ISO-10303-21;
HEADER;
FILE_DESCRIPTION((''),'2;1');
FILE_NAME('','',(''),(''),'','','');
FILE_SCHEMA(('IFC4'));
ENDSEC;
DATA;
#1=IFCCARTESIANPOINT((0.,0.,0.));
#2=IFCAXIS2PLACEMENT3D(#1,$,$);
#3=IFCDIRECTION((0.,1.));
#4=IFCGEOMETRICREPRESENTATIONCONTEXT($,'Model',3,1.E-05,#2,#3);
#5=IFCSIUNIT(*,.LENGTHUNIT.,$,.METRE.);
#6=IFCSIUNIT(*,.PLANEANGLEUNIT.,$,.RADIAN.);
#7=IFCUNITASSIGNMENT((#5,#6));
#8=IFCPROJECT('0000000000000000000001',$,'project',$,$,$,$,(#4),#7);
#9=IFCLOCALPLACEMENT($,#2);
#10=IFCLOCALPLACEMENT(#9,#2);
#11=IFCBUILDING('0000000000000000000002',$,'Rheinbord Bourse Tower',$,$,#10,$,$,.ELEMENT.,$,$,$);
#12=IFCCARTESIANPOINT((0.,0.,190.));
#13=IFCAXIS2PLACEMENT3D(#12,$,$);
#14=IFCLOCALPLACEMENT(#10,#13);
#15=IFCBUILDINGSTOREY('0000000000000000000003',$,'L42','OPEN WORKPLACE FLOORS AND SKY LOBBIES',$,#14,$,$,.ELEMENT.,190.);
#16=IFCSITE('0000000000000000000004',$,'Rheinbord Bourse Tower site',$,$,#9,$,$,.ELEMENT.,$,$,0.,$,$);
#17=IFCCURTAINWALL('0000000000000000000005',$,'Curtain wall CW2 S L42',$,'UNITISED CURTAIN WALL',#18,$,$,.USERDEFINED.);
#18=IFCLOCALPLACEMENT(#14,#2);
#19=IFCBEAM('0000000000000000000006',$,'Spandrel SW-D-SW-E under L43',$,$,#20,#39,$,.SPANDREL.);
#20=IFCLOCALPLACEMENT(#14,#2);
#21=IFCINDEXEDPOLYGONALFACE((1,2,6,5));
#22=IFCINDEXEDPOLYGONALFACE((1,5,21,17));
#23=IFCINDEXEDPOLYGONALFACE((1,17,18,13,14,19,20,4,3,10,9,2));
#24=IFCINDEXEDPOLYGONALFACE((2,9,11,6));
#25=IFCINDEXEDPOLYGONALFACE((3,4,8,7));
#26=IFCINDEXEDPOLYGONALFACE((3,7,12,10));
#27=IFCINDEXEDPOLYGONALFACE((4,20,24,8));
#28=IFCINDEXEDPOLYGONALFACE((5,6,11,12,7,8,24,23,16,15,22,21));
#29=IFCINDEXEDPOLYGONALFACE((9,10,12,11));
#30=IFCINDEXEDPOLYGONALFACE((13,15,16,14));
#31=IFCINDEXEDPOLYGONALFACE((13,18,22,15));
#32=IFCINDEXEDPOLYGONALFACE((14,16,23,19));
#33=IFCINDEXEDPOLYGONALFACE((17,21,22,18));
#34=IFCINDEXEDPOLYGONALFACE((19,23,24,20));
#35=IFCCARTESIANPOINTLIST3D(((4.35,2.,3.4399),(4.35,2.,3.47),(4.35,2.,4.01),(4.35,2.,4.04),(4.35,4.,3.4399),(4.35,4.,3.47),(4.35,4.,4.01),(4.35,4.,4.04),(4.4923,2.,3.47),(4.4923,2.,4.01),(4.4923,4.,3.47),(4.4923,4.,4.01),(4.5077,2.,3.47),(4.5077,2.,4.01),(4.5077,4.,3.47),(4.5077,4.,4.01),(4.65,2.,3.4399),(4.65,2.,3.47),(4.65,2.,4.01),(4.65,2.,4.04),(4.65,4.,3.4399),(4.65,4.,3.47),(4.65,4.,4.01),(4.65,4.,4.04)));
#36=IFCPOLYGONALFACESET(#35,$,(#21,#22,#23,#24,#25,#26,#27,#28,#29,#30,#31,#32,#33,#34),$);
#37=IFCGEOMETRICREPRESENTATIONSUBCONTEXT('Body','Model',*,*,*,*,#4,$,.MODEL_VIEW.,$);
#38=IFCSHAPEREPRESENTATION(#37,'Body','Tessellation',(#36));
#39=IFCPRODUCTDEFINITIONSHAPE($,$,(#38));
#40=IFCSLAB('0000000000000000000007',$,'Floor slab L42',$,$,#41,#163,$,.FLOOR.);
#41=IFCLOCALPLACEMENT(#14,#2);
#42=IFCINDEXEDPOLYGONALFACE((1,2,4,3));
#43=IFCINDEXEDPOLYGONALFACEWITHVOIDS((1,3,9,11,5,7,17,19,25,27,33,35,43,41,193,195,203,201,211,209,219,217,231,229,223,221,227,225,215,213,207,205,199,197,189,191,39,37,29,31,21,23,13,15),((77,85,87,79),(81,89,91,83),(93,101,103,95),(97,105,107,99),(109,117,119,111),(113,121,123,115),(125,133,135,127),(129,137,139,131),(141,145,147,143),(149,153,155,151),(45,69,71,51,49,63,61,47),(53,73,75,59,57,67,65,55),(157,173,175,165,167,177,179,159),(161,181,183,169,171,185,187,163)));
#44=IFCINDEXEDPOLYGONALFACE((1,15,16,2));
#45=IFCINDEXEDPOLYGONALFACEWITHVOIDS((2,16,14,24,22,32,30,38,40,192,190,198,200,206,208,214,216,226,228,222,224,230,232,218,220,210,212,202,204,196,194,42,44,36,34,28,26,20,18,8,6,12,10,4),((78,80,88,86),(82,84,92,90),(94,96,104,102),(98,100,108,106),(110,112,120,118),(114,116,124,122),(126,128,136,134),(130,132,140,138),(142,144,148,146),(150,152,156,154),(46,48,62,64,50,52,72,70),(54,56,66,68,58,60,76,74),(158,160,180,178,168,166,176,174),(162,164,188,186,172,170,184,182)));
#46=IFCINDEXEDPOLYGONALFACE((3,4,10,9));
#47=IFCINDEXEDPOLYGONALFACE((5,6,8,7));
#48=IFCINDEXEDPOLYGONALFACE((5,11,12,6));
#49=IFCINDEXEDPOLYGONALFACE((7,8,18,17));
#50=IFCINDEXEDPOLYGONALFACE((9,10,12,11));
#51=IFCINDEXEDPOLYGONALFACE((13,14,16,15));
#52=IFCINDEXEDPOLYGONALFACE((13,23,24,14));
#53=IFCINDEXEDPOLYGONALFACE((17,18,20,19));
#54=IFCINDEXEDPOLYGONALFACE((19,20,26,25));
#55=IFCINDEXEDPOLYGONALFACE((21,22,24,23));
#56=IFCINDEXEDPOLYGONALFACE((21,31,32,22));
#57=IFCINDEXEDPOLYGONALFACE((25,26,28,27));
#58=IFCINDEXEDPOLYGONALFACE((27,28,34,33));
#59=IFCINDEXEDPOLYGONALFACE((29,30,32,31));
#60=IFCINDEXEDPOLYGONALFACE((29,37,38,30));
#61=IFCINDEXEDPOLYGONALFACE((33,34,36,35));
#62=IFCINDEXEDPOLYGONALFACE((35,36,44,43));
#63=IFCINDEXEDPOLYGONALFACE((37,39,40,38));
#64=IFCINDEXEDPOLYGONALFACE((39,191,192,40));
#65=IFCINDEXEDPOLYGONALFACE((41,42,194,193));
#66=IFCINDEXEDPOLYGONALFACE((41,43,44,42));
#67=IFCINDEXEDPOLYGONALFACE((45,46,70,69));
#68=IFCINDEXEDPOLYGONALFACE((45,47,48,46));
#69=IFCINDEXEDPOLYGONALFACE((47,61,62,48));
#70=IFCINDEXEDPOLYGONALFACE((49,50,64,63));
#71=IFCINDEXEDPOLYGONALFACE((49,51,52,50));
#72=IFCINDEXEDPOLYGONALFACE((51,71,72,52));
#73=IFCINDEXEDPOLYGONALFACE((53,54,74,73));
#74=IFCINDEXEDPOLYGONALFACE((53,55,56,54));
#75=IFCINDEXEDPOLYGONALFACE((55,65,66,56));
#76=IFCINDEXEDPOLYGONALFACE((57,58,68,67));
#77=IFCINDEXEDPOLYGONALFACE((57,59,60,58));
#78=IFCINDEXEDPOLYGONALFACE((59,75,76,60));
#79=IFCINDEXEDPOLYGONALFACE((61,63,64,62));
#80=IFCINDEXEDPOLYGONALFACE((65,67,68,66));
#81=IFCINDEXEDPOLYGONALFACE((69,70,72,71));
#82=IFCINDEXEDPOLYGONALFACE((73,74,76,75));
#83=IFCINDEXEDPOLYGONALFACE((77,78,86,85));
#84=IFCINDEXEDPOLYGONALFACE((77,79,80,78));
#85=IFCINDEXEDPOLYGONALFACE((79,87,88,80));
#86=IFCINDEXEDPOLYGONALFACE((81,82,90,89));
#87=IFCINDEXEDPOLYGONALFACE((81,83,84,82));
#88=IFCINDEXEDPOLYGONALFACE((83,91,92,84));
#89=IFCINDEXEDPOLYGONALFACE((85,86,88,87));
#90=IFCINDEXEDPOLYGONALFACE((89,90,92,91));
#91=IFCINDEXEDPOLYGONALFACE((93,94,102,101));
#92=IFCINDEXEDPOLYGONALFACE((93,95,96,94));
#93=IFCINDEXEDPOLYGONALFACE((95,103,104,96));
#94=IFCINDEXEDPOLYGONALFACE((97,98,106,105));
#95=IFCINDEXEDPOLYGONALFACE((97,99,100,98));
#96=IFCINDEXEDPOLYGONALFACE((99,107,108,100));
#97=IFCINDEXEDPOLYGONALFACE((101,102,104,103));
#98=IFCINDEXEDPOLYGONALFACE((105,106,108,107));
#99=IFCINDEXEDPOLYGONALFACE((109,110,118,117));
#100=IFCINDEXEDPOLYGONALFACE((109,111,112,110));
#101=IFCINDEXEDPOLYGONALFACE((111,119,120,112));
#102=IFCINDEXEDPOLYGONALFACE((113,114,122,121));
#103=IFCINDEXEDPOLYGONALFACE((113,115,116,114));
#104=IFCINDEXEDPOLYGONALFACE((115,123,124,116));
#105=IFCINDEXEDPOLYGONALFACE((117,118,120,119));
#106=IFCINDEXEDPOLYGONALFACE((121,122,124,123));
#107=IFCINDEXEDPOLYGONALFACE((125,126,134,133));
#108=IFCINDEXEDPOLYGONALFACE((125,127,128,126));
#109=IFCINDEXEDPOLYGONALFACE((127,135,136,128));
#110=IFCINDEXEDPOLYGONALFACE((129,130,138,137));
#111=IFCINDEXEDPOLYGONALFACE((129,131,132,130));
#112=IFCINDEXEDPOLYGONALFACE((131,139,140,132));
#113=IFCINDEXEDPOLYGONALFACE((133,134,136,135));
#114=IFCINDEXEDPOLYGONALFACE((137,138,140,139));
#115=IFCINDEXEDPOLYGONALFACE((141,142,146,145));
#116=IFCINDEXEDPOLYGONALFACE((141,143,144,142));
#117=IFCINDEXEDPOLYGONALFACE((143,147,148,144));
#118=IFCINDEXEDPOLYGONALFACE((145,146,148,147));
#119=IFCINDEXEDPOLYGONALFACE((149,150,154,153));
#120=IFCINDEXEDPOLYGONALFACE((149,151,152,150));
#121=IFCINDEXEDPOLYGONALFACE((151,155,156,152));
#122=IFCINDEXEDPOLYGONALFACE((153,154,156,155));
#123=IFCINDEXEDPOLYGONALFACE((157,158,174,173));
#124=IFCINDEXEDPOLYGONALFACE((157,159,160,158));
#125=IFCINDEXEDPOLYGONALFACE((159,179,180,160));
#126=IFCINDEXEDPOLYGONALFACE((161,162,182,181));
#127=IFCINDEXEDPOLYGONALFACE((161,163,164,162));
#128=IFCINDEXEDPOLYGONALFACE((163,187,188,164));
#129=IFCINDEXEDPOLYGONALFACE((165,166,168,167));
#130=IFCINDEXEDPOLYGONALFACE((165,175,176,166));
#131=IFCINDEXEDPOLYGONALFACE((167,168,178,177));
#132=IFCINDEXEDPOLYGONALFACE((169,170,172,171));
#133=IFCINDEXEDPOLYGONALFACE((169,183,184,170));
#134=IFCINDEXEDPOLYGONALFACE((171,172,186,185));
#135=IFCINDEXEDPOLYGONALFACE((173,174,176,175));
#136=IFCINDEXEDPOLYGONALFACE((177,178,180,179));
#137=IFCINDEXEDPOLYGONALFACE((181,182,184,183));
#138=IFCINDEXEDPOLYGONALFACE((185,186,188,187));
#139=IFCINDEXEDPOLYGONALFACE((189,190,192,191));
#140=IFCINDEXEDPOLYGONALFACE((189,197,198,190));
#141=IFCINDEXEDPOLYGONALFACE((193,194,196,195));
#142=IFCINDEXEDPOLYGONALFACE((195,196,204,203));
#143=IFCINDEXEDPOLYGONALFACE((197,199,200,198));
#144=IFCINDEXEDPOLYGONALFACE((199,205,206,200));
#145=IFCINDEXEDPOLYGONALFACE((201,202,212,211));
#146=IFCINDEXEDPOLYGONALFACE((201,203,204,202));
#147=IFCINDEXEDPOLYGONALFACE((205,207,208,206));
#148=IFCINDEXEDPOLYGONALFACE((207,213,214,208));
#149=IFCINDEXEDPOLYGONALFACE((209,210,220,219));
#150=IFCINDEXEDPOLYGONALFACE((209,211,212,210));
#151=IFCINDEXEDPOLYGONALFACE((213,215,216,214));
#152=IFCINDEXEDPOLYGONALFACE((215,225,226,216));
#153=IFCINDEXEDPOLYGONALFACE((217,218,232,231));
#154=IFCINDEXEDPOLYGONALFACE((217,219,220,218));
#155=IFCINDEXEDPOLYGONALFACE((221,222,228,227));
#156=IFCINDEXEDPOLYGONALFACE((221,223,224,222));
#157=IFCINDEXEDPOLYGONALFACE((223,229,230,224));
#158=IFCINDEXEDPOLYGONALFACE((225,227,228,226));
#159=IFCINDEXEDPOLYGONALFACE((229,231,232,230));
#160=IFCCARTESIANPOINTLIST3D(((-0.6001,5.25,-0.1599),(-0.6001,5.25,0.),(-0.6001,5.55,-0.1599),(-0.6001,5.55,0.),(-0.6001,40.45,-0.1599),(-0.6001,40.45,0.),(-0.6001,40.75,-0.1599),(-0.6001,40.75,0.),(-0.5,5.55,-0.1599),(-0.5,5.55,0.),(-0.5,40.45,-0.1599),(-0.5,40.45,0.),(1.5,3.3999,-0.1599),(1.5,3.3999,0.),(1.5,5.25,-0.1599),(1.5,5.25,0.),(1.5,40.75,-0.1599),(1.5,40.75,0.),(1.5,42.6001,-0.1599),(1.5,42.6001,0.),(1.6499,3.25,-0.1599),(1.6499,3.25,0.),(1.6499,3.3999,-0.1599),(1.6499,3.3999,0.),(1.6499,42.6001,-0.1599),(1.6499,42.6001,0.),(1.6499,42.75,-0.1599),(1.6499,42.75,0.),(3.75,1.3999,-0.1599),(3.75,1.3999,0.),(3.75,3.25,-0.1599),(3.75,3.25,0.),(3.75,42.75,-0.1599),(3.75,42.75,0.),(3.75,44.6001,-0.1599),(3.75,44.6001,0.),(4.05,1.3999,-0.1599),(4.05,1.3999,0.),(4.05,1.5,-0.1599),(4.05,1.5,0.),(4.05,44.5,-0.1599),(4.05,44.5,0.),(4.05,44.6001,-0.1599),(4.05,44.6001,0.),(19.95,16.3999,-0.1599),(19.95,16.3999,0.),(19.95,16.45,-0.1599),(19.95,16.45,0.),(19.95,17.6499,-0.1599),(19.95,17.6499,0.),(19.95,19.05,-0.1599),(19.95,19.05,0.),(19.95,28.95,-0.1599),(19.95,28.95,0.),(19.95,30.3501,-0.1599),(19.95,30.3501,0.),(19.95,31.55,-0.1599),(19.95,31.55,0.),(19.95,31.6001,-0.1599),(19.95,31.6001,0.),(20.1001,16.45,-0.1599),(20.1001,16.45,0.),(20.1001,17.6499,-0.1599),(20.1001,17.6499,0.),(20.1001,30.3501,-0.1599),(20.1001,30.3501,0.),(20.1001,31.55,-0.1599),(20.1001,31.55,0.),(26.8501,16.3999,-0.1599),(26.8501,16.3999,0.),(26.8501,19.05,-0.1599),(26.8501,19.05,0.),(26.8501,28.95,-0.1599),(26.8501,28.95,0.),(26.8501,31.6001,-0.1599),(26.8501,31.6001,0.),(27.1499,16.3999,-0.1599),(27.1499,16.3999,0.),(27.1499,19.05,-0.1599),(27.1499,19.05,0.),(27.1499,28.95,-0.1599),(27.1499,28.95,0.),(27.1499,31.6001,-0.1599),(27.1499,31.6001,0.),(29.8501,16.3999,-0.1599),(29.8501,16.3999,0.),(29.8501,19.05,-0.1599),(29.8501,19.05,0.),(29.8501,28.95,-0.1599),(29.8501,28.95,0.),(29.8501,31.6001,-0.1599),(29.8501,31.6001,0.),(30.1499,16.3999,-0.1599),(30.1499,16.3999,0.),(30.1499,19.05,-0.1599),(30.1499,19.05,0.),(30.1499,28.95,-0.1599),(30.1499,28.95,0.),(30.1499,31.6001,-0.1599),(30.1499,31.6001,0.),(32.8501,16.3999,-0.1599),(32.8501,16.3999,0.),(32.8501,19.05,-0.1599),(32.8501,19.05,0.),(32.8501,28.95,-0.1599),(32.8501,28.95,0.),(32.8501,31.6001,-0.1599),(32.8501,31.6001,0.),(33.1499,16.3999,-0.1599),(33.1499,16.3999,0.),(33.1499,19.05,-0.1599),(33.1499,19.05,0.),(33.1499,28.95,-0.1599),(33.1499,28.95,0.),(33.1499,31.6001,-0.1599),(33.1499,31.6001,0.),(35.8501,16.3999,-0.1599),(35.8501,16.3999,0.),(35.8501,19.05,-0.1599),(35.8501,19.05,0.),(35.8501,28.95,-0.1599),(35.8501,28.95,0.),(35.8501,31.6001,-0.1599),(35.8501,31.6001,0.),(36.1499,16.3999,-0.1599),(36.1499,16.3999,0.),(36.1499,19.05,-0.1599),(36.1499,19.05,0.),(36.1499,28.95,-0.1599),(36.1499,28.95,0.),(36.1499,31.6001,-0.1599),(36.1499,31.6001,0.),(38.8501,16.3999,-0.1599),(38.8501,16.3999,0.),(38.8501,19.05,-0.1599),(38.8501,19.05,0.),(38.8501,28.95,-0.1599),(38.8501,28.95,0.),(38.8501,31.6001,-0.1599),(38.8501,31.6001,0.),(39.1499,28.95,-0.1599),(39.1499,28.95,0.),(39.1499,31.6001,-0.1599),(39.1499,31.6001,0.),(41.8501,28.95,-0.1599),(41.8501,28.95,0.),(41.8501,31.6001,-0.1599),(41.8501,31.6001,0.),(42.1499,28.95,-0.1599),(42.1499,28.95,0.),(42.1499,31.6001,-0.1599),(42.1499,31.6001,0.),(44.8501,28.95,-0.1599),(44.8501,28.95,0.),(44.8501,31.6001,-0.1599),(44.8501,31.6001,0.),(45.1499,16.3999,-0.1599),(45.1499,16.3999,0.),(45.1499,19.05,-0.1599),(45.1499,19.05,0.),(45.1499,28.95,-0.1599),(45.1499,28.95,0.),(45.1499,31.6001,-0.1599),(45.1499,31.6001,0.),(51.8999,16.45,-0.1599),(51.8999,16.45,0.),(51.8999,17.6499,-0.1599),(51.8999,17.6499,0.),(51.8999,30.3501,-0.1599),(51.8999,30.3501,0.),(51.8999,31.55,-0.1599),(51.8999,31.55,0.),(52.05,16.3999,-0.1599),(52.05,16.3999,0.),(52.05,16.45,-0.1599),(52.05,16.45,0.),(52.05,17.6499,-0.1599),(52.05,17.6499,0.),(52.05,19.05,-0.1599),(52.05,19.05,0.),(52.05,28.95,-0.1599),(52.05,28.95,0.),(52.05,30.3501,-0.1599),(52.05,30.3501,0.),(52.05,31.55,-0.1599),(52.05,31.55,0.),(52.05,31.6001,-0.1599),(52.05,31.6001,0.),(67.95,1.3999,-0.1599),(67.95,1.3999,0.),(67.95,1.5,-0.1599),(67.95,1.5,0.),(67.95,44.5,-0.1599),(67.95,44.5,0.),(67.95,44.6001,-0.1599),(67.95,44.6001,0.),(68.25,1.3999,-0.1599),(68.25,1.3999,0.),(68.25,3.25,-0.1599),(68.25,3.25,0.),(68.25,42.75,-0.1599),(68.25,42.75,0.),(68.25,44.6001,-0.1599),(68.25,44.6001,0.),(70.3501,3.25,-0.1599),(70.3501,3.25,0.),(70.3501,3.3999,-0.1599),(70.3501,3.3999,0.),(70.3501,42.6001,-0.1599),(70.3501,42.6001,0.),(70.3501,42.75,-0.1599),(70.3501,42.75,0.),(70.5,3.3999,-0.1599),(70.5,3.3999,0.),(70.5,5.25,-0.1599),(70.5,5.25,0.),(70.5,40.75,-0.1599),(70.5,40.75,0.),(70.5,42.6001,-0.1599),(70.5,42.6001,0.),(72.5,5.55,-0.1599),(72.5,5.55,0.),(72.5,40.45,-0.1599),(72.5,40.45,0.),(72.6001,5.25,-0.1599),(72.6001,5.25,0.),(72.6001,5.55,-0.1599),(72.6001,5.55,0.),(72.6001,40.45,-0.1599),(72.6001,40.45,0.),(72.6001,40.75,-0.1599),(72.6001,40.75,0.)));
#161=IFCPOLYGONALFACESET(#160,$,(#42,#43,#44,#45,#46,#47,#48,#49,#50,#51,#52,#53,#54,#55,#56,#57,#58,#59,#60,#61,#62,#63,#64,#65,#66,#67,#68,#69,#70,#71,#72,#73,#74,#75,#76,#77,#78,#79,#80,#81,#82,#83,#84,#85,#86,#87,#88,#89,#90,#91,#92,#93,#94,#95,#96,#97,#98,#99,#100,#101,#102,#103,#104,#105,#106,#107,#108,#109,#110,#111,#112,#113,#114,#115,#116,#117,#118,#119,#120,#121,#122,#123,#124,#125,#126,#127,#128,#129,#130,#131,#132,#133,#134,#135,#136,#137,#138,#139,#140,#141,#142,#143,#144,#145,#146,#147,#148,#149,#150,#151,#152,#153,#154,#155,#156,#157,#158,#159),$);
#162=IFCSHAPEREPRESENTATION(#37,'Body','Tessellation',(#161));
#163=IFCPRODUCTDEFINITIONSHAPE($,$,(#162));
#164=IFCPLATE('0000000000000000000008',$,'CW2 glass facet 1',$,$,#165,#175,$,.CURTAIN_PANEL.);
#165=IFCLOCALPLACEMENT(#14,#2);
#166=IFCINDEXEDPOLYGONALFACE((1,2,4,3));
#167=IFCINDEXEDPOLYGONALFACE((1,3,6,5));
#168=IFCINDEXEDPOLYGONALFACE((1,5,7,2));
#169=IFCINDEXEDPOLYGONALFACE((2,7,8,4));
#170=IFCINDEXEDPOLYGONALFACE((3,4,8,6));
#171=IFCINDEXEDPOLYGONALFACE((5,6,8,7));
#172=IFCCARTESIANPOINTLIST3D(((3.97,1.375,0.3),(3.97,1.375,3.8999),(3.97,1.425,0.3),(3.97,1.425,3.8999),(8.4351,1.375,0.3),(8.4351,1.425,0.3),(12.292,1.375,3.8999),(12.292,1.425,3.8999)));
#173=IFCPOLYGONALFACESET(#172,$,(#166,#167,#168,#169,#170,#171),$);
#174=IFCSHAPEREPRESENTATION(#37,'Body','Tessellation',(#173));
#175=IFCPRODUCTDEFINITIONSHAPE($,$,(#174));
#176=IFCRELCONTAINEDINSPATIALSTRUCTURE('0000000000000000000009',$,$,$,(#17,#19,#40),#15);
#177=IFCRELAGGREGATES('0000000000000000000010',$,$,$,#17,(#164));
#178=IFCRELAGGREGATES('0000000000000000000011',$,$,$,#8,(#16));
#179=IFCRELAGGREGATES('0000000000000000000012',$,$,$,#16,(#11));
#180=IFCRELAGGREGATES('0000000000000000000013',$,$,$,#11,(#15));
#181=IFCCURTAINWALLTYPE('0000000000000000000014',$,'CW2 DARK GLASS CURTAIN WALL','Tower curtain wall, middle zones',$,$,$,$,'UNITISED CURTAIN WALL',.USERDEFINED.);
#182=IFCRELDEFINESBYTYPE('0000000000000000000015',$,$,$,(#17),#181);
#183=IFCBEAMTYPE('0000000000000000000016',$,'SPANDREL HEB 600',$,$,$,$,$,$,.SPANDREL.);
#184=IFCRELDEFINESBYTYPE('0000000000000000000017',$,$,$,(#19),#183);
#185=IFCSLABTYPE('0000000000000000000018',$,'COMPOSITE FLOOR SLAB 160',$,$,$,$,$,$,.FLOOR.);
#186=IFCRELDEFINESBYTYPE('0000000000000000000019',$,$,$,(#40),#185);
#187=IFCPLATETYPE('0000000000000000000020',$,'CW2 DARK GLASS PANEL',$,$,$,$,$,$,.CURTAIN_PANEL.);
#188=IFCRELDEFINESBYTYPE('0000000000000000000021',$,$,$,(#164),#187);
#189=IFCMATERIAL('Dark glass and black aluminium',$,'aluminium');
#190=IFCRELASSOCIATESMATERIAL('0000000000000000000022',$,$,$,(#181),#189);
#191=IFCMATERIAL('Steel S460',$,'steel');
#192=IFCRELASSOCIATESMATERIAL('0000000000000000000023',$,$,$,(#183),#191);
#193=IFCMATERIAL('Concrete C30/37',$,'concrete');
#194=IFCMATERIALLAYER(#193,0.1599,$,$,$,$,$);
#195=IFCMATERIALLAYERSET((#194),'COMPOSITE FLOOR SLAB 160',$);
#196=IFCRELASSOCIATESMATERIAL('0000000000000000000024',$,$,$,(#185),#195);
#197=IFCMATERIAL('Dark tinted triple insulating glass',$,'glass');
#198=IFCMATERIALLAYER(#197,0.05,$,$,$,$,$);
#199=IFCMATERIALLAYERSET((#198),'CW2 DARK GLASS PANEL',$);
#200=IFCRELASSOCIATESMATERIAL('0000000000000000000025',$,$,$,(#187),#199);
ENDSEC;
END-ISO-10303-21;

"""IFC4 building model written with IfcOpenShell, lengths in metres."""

from ifc_helpers import new_model, si_unit, direction, frame, origin, origin_2d, place, context, subcontext, project, spatial, polyline, i_section, outline, extrude, material, layer, layer_set, material_profile, profile_set, type_object, element, aggregate, save


model = new_model("IFC4")

# Units and contexts
model_context = context("Model", 3, precision=1e-05, world=origin(), true_north=direction((0.0, 1.0)))
body_context = subcontext(model_context, "Body", "Model", "MODEL_VIEW")
ifc_project = project(units=[si_unit("LENGTHUNIT", "METRE"), si_unit("PLANEANGLEUNIT", "RADIAN")], contexts=[model_context])

# Site, building, storey
site_placement = place(None, origin())
site = spatial("IfcSite", under=ifc_project, at=site_placement, Name="Rheinbord Bourse Tower site", CompositionType="ELEMENT", RefElevation=0.0)
building_placement = place(site_placement, origin())
building = spatial("IfcBuilding", under=site, at=building_placement, Name="Rheinbord Bourse Tower", CompositionType="ELEMENT")
storey_placement = place(building_placement, frame((0.0, 0.0, 190.0)))
storey = spatial("IfcBuildingStorey", under=building, at=storey_placement, Name="L42", Description="OPEN WORKPLACE FLOORS AND SKY LOBBIES", CompositionType="ELEMENT", Elevation=190.0)

# Curtain wall
ifc_material_1 = material(Name="Dark glass and black aluminium", Category="aluminium")
curtain_wall_type = type_object("IfcCurtainWallType", Name="CW2 DARK GLASS CURTAIN WALL", Description="Tower curtain wall, middle zones", ElementType="UNITISED CURTAIN WALL", PredefinedType="USERDEFINED", material=ifc_material_1)
curtain_wall_placement = place(storey_placement, origin())
curtain_wall = element("IfcCurtainWall", 1, at=curtain_wall_placement, inside=storey, type_object=curtain_wall_type, Name="Curtain wall CW2 S L42", ObjectType="UNITISED CURTAIN WALL", PredefinedType="USERDEFINED")

# Beam
ifc_material_2 = material(Name="Steel S460", Category="steel")
ifc_material_profile_1 = material_profile(ifc_material_2, i_section(OverallWidth=0.3, OverallDepth=0.6001, WebThickness=0.0154, FlangeThickness=0.03, at=origin_2d()), Name="HEB 600")
ifc_profile_set_1 = profile_set([ifc_material_profile_1], Name="Steel S460")
beam_type_1 = type_object("IfcBeamType", Name="SPANDREL HEB 600", PredefinedType="SPANDREL", material=ifc_profile_set_1)
beam_1_placement = place(storey_placement, frame((4.5, 4.0, 3.74), z_axis=(0.0, -1.0, 0.0), x_axis=(1.0, 0.0, 0.0)))
element("IfcBeam", 2, at=beam_1_placement, inside=storey, type_object=beam_type_1, Name="Spandrel SW-D-SW-E under L43", PredefinedType="SPANDREL", context=body_context, shape_type="SweptSolid", body=[
    extrude(i_section(OverallWidth=0.3, OverallDepth=0.6001, WebThickness=0.0154, FlangeThickness=0.03, at=origin_2d()), origin(), (0.0, 0.0, 1.0), 2.0),
])

# Slab
ifc_material_3 = material(Name="Concrete C30/37", Category="concrete")
ifc_layer_1 = layer(ifc_material_3, 0.1599)
ifc_layer_set_1 = layer_set([ifc_layer_1], Name="COMPOSITE FLOOR SLAB 160")
slab_type_1 = type_object("IfcSlabType", Name="COMPOSITE FLOOR SLAB 160", PredefinedType="FLOOR", material=ifc_layer_set_1)
slab_1_placement = place(storey_placement, frame((0.0, 0.0, -0.1599)))
element("IfcSlab", 3, at=slab_1_placement, inside=storey, type_object=slab_type_1, Name="Floor slab L42", PredefinedType="FLOOR", context=body_context, shape_type="SweptSolid", body=[
    extrude(outline(polyline([(1.6499, 3.3999), (1.5, 3.3999), (1.5, 5.25), (-0.6001, 5.25), (-0.6001, 5.55), (-0.5, 5.55), (-0.5, 40.45), (-0.6001, 40.45), (-0.6001, 40.75), (1.5, 40.75), (1.5, 42.6001), (1.6499, 42.6001), (1.6499, 42.75), (3.75, 42.75), (3.75, 44.6001), (4.05, 44.6001), (4.05, 44.5), (67.95, 44.5), (67.95, 44.6001), (68.25, 44.6001), (68.25, 42.75), (70.3501, 42.75), (70.3501, 42.6001), (70.5, 42.6001), (70.5, 40.75), (72.6001, 40.75), (72.6001, 40.45), (72.5, 40.45), (72.5, 5.55), (72.6001, 5.55), (72.6001, 5.25), (70.5, 5.25), (70.5, 3.3999), (70.3501, 3.3999), (70.3501, 3.25), (68.25, 3.25), (68.25, 1.3999), (67.95, 1.3999), (67.95, 1.5), (4.05, 1.5), (4.05, 1.3999), (3.75, 1.3999), (3.75, 3.25), (1.6499, 3.25), (1.6499, 3.3999)]), holes=[polyline([(19.95, 19.05), (26.8501, 19.05), (26.8501, 16.3999), (19.95, 16.3999), (19.95, 16.45), (20.1001, 16.45), (20.1001, 17.6499), (19.95, 17.6499), (19.95, 19.05)]), polyline([(19.95, 31.6001), (26.8501, 31.6001), (26.8501, 28.95), (19.95, 28.95), (19.95, 30.3501), (20.1001, 30.3501), (20.1001, 31.55), (19.95, 31.55), (19.95, 31.6001)]), polyline([(52.05, 16.3999), (45.1499, 16.3999), (45.1499, 19.05), (52.05, 19.05), (52.05, 17.6499), (51.8999, 17.6499), (51.8999, 16.45), (52.05, 16.45), (52.05, 16.3999)]), polyline([(52.05, 28.95), (45.1499, 28.95), (45.1499, 31.6001), (52.05, 31.6001), (52.05, 31.55), (51.8999, 31.55), (51.8999, 30.3501), (52.05, 30.3501), (52.05, 28.95)]), polyline([(27.1499, 16.3999), (27.1499, 19.05), (29.8501, 19.05), (29.8501, 16.3999), (27.1499, 16.3999)]), polyline([(27.1499, 28.95), (27.1499, 31.6001), (29.8501, 31.6001), (29.8501, 28.95), (27.1499, 28.95)]), polyline([(30.1499, 16.3999), (30.1499, 19.05), (32.8501, 19.05), (32.8501, 16.3999), (30.1499, 16.3999)]), polyline([(30.1499, 28.95), (30.1499, 31.6001), (32.8501, 31.6001), (32.8501, 28.95), (30.1499, 28.95)]), polyline([(33.1499, 16.3999), (33.1499, 19.05), (35.8501, 19.05), (35.8501, 16.3999), (33.1499, 16.3999)]), polyline([(33.1499, 28.95), (33.1499, 31.6001), (35.8501, 31.6001), (35.8501, 28.95), (33.1499, 28.95)]), polyline([(36.1499, 16.3999), (36.1499, 19.05), (38.8501, 19.05), (38.8501, 16.3999), (36.1499, 16.3999)]), polyline([(36.1499, 28.95), (36.1499, 31.6001), (38.8501, 31.6001), (38.8501, 28.95), (36.1499, 28.95)]), polyline([(39.1499, 28.95), (39.1499, 31.6001), (41.8501, 31.6001), (41.8501, 28.95), (39.1499, 28.95)]), polyline([(42.1499, 28.95), (42.1499, 31.6001), (44.8501, 31.6001), (44.8501, 28.95), (42.1499, 28.95)])]), origin(), (0.0, 0.0, 1.0), 0.1599),
])

# Plate
ifc_material_4 = material(Name="Dark tinted triple insulating glass", Category="glass")
ifc_layer_2 = layer(ifc_material_4, 0.05)
ifc_layer_set_2 = layer_set([ifc_layer_2], Name="CW2 DARK GLASS PANEL")
plate_type = type_object("IfcPlateType", Name="CW2 DARK GLASS PANEL", PredefinedType="CURTAIN_PANEL", material=ifc_layer_set_2)
plate_1_placement = place(storey_placement, frame((3.97, 1.375, 0.3), z_axis=(0.0, 1.0, 0.0), x_axis=(0.0, 0.0, 1.0)))
plate_1 = element("IfcPlate", 4, at=plate_1_placement, type_object=plate_type, Name="CW2 glass facet 1", PredefinedType="CURTAIN_PANEL", context=body_context, shape_type="SweptSolid", body=[
    extrude(outline(polyline([(0.0, 0.0), (3.5999, 0.0), (3.5999, 8.322), (0.0, 4.4651), (0.0, 0.0)])), origin(), (0.0, 0.0, 1.0), 0.05),
])
aggregate(curtain_wall, [plate_1])

save(model, "model.ifc")
